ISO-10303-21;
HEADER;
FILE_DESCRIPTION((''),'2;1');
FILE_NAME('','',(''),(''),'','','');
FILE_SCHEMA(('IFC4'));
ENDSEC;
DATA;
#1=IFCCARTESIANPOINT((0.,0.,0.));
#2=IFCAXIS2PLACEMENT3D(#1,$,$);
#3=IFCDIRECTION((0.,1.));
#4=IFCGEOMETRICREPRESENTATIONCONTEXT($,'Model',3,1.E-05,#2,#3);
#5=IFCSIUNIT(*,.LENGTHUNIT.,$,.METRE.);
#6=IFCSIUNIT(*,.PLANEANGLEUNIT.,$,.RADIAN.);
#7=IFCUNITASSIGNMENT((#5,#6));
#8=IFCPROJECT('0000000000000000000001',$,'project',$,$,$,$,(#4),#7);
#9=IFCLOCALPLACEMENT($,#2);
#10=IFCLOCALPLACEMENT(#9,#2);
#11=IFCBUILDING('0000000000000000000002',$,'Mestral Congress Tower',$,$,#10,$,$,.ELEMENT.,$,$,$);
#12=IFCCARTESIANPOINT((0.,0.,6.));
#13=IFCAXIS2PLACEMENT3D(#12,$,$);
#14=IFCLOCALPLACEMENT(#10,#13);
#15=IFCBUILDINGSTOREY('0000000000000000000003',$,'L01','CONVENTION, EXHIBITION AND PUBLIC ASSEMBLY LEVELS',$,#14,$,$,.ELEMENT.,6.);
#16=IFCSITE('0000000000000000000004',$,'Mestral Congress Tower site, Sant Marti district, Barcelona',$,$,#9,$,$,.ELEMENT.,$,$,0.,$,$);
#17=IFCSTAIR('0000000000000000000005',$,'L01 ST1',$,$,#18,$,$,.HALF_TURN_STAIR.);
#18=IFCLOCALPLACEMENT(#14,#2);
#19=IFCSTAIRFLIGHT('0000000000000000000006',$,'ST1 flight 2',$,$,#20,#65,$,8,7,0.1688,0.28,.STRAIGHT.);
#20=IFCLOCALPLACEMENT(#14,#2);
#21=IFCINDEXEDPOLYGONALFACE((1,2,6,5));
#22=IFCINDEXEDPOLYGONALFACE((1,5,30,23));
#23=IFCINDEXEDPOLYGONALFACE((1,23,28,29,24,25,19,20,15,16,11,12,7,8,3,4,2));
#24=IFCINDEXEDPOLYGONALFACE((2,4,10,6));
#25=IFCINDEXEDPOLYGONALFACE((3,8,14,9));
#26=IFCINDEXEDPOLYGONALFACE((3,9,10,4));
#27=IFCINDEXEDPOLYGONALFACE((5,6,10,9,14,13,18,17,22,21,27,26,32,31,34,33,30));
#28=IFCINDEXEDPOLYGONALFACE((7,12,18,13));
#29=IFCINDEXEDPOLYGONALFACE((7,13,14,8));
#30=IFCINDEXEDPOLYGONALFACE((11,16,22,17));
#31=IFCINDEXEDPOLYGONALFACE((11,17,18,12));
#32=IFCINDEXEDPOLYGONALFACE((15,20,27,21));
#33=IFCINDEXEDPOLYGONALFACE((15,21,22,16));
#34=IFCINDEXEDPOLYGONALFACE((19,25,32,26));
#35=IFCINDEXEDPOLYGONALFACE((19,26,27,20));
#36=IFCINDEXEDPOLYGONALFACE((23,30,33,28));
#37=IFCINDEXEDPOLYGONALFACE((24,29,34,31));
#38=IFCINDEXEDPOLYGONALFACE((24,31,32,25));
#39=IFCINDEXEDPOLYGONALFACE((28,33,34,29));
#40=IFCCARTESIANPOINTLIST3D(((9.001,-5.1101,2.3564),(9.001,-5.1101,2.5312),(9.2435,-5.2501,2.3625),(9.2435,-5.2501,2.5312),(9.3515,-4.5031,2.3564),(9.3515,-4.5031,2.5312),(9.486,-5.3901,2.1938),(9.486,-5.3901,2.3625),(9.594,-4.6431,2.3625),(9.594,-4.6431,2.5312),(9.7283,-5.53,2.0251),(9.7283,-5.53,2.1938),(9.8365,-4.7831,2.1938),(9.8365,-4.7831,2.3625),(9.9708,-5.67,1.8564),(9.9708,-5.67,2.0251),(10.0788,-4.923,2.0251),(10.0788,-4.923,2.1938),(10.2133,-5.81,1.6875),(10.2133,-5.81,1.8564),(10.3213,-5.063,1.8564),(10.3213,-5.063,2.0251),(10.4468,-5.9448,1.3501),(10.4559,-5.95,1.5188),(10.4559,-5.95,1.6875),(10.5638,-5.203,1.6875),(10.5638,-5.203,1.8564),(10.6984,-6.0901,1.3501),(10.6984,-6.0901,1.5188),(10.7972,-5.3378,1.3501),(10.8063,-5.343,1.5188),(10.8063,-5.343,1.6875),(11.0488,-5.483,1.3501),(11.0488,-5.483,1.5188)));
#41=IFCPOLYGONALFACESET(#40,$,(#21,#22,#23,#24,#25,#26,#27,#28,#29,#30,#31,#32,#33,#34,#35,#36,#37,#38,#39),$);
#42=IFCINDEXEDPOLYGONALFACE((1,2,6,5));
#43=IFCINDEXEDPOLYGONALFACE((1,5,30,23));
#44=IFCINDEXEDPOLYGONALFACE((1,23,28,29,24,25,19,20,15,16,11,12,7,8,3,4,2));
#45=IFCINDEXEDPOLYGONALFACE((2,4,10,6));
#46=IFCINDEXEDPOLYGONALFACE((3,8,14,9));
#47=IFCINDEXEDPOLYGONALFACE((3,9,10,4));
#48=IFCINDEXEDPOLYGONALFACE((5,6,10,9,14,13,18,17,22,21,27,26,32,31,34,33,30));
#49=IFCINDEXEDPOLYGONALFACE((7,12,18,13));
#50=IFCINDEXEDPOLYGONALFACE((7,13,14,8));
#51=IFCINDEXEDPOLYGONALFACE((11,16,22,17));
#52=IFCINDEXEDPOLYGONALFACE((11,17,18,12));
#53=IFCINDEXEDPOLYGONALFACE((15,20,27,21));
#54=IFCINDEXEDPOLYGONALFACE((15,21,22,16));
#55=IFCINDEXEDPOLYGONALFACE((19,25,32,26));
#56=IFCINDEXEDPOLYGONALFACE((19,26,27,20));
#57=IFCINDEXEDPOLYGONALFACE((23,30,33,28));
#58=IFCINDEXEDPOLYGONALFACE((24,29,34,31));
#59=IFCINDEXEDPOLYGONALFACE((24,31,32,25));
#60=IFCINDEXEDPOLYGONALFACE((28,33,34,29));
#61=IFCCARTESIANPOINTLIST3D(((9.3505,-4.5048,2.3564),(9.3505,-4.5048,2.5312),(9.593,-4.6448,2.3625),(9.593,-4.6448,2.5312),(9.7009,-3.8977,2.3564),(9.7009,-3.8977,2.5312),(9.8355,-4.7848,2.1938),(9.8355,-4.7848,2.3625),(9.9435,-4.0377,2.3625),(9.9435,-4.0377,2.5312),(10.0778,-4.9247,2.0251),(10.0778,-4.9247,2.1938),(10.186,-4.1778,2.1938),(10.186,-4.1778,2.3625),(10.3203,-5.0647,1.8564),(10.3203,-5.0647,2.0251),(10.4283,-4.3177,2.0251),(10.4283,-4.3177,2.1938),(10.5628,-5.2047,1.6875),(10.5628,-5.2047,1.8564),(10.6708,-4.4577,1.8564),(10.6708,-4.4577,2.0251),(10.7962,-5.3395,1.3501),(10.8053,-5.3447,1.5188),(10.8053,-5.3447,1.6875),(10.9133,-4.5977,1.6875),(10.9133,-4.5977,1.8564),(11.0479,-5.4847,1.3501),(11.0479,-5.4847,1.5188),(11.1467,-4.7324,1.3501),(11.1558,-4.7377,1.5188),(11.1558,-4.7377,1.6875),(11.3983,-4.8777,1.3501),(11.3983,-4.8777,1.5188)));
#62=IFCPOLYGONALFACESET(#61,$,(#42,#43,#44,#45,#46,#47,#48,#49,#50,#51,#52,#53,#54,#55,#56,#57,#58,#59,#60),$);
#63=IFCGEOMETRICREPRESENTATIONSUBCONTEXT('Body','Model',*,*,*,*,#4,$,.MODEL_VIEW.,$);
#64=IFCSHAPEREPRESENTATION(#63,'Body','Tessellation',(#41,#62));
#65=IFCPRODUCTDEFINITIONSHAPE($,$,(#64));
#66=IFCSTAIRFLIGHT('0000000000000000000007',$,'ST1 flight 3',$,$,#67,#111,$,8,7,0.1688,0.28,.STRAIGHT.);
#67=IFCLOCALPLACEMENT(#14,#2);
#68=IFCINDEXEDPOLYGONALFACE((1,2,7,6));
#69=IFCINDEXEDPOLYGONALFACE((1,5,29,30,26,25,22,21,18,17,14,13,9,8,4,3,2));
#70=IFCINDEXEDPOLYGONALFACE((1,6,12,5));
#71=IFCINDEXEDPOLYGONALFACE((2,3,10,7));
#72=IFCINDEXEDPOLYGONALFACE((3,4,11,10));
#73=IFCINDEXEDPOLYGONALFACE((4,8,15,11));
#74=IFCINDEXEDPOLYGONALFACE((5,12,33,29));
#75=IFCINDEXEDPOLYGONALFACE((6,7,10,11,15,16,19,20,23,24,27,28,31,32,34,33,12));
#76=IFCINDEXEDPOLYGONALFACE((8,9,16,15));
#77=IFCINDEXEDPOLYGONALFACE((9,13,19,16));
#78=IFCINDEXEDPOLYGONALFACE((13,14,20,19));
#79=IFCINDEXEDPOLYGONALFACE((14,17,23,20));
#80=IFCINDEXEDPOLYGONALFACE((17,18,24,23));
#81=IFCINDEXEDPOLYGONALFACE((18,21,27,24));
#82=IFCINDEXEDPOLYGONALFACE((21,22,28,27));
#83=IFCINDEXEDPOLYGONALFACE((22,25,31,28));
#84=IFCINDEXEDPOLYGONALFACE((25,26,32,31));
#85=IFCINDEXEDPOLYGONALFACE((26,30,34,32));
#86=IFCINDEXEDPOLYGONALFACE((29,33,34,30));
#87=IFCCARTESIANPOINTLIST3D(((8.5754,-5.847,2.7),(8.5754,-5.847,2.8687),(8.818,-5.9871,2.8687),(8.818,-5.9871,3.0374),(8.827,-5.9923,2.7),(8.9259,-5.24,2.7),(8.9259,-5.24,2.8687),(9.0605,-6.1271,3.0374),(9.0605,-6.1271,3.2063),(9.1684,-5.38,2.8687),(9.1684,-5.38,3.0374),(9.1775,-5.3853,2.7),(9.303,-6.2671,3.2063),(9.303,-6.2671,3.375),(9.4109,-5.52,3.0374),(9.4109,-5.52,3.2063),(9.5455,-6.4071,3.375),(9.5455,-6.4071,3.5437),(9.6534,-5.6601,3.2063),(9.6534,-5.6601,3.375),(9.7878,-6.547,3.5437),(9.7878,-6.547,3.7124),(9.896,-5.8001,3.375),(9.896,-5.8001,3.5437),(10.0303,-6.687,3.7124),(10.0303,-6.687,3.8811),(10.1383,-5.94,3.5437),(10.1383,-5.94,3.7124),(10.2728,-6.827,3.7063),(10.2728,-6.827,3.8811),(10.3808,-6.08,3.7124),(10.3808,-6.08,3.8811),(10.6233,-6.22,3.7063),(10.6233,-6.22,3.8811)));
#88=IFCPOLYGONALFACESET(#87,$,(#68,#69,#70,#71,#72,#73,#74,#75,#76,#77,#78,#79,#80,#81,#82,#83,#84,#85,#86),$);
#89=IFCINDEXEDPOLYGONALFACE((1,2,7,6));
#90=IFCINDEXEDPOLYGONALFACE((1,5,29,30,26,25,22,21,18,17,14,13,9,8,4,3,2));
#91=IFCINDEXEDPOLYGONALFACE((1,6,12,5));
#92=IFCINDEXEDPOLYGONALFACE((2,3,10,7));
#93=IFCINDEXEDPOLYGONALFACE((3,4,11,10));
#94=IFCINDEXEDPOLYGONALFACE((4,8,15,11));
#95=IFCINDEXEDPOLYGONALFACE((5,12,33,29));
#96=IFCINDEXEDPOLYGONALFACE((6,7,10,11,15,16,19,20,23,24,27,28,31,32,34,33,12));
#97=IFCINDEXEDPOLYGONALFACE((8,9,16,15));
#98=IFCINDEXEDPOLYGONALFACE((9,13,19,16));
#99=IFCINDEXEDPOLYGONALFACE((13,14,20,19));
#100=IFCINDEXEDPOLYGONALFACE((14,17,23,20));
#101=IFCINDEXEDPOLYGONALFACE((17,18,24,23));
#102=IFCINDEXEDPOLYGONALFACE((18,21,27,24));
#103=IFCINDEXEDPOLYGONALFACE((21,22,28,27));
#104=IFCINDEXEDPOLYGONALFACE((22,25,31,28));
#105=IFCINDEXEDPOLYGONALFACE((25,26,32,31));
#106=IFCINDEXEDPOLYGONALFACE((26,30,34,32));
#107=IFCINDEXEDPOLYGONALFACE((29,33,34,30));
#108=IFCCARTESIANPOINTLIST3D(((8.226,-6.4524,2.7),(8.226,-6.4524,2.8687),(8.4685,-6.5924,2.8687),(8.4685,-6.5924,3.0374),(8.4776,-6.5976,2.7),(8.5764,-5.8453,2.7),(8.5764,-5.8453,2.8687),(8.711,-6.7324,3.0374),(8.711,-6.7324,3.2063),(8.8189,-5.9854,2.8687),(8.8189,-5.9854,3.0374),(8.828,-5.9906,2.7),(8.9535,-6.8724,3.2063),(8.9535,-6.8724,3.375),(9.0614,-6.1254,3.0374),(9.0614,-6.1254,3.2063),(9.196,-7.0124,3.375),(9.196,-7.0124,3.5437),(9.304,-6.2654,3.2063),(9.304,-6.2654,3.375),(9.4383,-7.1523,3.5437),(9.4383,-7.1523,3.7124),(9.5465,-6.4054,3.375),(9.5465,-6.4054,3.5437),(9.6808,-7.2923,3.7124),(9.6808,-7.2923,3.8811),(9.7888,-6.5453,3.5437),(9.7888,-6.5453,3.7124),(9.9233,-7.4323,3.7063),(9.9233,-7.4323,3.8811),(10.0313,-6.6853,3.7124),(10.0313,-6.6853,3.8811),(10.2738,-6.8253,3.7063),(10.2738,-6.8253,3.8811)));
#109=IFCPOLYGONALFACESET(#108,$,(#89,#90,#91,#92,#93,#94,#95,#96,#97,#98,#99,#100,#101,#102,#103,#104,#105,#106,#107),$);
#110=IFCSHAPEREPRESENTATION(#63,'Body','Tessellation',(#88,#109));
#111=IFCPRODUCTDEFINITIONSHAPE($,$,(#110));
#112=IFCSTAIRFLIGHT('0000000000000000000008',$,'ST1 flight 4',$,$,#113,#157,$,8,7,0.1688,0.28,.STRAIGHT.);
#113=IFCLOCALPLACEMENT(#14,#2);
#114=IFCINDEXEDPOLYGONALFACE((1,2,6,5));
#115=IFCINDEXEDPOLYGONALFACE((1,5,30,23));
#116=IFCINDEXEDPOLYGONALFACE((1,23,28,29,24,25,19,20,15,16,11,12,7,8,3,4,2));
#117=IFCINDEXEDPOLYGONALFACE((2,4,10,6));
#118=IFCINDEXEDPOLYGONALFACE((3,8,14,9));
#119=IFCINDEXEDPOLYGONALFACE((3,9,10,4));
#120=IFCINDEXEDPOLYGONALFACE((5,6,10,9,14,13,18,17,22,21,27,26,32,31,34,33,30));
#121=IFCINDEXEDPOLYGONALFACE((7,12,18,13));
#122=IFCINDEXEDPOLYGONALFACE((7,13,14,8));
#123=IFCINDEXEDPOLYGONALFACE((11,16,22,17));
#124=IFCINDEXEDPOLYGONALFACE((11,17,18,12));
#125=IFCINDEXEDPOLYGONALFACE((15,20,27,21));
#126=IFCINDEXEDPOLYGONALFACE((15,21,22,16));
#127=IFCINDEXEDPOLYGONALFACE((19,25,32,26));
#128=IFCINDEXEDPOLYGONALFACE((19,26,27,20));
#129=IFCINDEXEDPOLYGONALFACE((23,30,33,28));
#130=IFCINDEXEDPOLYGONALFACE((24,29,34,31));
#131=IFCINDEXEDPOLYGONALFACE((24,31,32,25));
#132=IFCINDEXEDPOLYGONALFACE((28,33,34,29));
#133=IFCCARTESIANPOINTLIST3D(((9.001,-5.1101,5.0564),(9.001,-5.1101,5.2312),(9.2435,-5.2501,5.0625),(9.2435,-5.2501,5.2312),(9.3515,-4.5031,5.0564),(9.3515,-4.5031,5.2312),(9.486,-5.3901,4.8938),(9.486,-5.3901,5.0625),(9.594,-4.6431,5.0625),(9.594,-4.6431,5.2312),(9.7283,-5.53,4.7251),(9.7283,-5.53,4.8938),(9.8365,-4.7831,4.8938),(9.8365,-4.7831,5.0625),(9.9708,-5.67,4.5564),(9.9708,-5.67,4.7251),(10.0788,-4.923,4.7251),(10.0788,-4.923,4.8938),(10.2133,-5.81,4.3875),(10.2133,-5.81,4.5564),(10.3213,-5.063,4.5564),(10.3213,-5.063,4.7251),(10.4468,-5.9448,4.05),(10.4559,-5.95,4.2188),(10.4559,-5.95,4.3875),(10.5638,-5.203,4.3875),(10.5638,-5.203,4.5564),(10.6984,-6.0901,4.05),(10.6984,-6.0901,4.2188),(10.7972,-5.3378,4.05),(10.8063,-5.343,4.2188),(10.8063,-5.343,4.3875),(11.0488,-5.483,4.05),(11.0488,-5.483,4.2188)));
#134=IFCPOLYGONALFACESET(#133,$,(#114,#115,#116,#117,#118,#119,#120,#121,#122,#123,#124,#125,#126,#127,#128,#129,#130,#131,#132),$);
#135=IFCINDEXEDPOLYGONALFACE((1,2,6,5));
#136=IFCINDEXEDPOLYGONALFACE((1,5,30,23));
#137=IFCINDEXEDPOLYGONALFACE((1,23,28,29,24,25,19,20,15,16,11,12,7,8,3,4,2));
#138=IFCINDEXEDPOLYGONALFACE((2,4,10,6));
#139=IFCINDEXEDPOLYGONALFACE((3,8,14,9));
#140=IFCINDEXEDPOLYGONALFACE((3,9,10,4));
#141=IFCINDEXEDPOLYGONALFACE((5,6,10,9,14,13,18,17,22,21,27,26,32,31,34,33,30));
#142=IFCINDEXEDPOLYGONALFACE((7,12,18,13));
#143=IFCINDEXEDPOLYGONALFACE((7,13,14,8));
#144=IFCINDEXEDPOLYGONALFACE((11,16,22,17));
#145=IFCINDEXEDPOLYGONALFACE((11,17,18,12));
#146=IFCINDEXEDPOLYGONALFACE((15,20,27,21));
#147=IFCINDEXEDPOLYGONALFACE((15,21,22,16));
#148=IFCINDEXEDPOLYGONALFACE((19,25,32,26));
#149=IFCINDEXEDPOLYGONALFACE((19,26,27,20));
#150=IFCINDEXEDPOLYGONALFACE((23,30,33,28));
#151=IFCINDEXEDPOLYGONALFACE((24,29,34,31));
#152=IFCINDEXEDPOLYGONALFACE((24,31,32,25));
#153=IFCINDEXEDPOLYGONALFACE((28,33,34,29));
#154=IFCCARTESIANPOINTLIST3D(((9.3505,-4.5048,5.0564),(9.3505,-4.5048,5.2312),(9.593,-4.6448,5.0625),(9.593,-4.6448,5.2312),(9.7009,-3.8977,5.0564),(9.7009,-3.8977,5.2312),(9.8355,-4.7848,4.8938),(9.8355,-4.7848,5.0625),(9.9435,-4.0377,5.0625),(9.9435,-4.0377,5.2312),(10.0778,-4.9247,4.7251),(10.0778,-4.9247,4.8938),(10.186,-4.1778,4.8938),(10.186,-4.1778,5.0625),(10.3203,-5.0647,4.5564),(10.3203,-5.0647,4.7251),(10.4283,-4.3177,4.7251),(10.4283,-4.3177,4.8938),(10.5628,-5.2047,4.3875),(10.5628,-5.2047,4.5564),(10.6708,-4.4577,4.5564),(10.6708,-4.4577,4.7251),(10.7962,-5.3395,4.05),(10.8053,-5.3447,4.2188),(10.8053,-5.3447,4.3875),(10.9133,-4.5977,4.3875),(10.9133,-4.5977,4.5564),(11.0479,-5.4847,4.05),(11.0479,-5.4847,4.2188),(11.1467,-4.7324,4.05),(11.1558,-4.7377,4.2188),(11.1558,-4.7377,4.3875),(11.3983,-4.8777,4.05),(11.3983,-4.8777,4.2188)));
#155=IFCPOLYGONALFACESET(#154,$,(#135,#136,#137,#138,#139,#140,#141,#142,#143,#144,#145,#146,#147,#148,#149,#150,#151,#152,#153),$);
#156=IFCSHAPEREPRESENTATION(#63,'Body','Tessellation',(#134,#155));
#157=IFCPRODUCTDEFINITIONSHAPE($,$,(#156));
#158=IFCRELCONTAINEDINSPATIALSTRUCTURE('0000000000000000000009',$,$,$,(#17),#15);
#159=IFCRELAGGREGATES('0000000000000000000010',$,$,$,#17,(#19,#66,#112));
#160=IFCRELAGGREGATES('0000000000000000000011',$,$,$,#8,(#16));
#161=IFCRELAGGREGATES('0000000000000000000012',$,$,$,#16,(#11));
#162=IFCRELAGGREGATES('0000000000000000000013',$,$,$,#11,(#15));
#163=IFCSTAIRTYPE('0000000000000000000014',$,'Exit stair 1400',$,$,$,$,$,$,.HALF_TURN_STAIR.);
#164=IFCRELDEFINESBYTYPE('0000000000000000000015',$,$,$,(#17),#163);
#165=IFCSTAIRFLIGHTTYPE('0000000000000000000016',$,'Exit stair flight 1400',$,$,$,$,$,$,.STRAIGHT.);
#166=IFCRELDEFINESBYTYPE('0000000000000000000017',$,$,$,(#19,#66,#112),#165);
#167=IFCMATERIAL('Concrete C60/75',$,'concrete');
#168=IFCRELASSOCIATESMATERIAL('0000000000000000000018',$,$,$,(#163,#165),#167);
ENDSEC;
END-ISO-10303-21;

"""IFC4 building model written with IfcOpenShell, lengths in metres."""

from ifc_helpers import new_model, si_unit, direction, frame, origin, place, context, subcontext, project, spatial, polyline, outline, extrude, material, type_object, element, aggregate, save


model = new_model("IFC4")

# Units and contexts
model_context = context("Model", 3, precision=1e-05, world=origin(), true_north=direction((0.0, 1.0)))
body_context = subcontext(model_context, "Body", "Model", "MODEL_VIEW")
ifc_project = project(units=[si_unit("LENGTHUNIT", "METRE"), si_unit("PLANEANGLEUNIT", "RADIAN")], contexts=[model_context])

# Site, building, storey
site_placement = place(None, origin())
site = spatial("IfcSite", under=ifc_project, at=site_placement, Name="Mestral Congress Tower site, Sant Marti district, Barcelona", CompositionType="ELEMENT", RefElevation=0.0)
building_placement = place(site_placement, origin())
building = spatial("IfcBuilding", under=site, at=building_placement, Name="Mestral Congress Tower", CompositionType="ELEMENT")
storey_placement = place(building_placement, frame((0.0, 0.0, 6.0)))
storey = spatial("IfcBuildingStorey", under=building, at=storey_placement, Name="L01", Description="CONVENTION, EXHIBITION AND PUBLIC ASSEMBLY LEVELS", CompositionType="ELEMENT", Elevation=6.0)

# Shared definitions
ifc_material_1 = material(Name="Concrete C60/75", Category="concrete")

# Stair, stair flights
stair_type = type_object("IfcStairType", Name="Exit stair 1400", PredefinedType="HALF_TURN_STAIR", material=ifc_material_1)
stair_placement = place(storey_placement, origin())
stair = element("IfcStair", 1, at=stair_placement, inside=storey, type_object=stair_type, Name="L01 ST1", PredefinedType="HALF_TURN_STAIR")
stair_flight_type = type_object("IfcStairFlightType", Name="Exit stair flight 1400", PredefinedType="STRAIGHT", material=ifc_material_1)
stair_flight_1_placement = place(storey_placement, frame((11.0483, -5.4839, 1.3501), z_axis=(0.0, 0.0, 1.0), x_axis=(-0.866025, 0.5, 0.0)))
stair_flight_1 = element("IfcStairFlight", 2, at=stair_flight_1_placement, type_object=stair_flight_type, Name="ST1 flight 2", NumberOfRisers=8, NumberOfTreads=7, PredefinedType="STRAIGHT", RiserHeight=0.1688, TreadLength=0.28, context=body_context, shape_type="SweptSolid", body=[
    extrude(outline(polyline([(0.0, 0.0), (0.0, 0.1687), (0.28, 0.1687), (0.28, 0.3374), (0.5601, 0.3374), (0.5601, 0.5063), (0.8401, 0.5063), (0.8401, 0.675), (1.1201, 0.675), (1.1201, 0.8438), (1.3999, 0.8438), (1.3999, 1.0125), (1.6799, 1.0125), (1.6799, 1.1812), (1.96, 1.1812), (1.96, 1.3501), (1.96, 1.0063), (0.2905, 0.0), (0.0, 0.0)])), frame((0.0, 0.7, 0.0), z_axis=(0.0, -1.0, 0.0), x_axis=(1.0, 0.0, 0.0)), (0.0, 0.0, 1.0), 0.7009),
    extrude(outline(polyline([(0.0, 0.0), (0.0, 0.1687), (0.28, 0.1687), (0.28, 0.3374), (0.5601, 0.3374), (0.5601, 0.5063), (0.8401, 0.5063), (0.8401, 0.675), (1.1201, 0.675), (1.1201, 0.8438), (1.3999, 0.8438), (1.3999, 1.0125), (1.6799, 1.0125), (1.6799, 1.1812), (1.96, 1.1812), (1.96, 1.3501), (1.96, 1.0063), (0.2905, 0.0), (0.0, 0.0)])), frame((0.0, 0.001, 0.0), z_axis=(0.0, -1.0, 0.0), x_axis=(1.0, 0.0, 0.0)), (0.0, 0.0, 1.0), 0.7009),
])
stair_flight_2_placement = place(storey_placement, frame((8.5759, -5.8462, 2.7), z_axis=(0.0, 0.0, 1.0), x_axis=(0.866025, -0.5, 0.0)))
stair_flight_2 = element("IfcStairFlight", 3, at=stair_flight_2_placement, type_object=stair_flight_type, Name="ST1 flight 3", NumberOfRisers=8, NumberOfTreads=7, PredefinedType="STRAIGHT", RiserHeight=0.1688, TreadLength=0.28, context=body_context, shape_type="SweptSolid", body=[
    extrude(outline(polyline([(0.0, 0.0), (0.0, 0.1687), (0.28, 0.1687), (0.28, 0.3374), (0.5601, 0.3374), (0.5601, 0.5063), (0.8401, 0.5063), (0.8401, 0.675), (1.1201, 0.675), (1.1201, 0.8438), (1.3999, 0.8438), (1.3999, 1.0125), (1.6799, 1.0125), (1.6799, 1.1812), (1.96, 1.1812), (1.96, 1.3501), (1.96, 1.0063), (0.2905, 0.0), (0.0, 0.0)])), frame((0.0, 0.7, 0.0), z_axis=(0.0, -1.0, 0.0), x_axis=(1.0, 0.0, 0.0)), (0.0, 0.0, 1.0), 0.7009),
    extrude(outline(polyline([(0.0, 0.0), (0.0, 0.1687), (0.28, 0.1687), (0.28, 0.3374), (0.5601, 0.3374), (0.5601, 0.5063), (0.8401, 0.5063), (0.8401, 0.675), (1.1201, 0.675), (1.1201, 0.8438), (1.3999, 0.8438), (1.3999, 1.0125), (1.6799, 1.0125), (1.6799, 1.1812), (1.96, 1.1812), (1.96, 1.3501), (1.96, 1.0063), (0.2905, 0.0), (0.0, 0.0)])), frame((0.0, 0.001, 0.0), z_axis=(0.0, -1.0, 0.0), x_axis=(1.0, 0.0, 0.0)), (0.0, 0.0, 1.0), 0.7009),
])
stair_flight_3_placement = place(storey_placement, frame((11.0483, -5.4839, 4.05), z_axis=(0.0, 0.0, 1.0), x_axis=(-0.866025, 0.5, 0.0)))
stair_flight_3 = element("IfcStairFlight", 4, at=stair_flight_3_placement, type_object=stair_flight_type, Name="ST1 flight 4", NumberOfRisers=8, NumberOfTreads=7, PredefinedType="STRAIGHT", RiserHeight=0.1688, TreadLength=0.28, context=body_context, shape_type="SweptSolid", body=[
    extrude(outline(polyline([(0.0, 0.0), (0.0, 0.1687), (0.28, 0.1687), (0.28, 0.3374), (0.5601, 0.3374), (0.5601, 0.5063), (0.8401, 0.5063), (0.8401, 0.675), (1.1201, 0.675), (1.1201, 0.8438), (1.3999, 0.8438), (1.3999, 1.0125), (1.6799, 1.0125), (1.6799, 1.1812), (1.96, 1.1812), (1.96, 1.3501), (1.96, 1.0063), (0.2905, 0.0), (0.0, 0.0)])), frame((0.0, 0.7, 0.0), z_axis=(0.0, -1.0, 0.0), x_axis=(1.0, 0.0, 0.0)), (0.0, 0.0, 1.0), 0.7009),
    extrude(outline(polyline([(0.0, 0.0), (0.0, 0.1687), (0.28, 0.1687), (0.28, 0.3374), (0.5601, 0.3374), (0.5601, 0.5063), (0.8401, 0.5063), (0.8401, 0.675), (1.1201, 0.675), (1.1201, 0.8438), (1.3999, 0.8438), (1.3999, 1.0125), (1.6799, 1.0125), (1.6799, 1.1812), (1.96, 1.1812), (1.96, 1.3501), (1.96, 1.0063), (0.2905, 0.0), (0.0, 0.0)])), frame((0.0, 0.001, 0.0), z_axis=(0.0, -1.0, 0.0), x_axis=(1.0, 0.0, 0.0)), (0.0, 0.0, 1.0), 0.7009),
])
aggregate(stair, [stair_flight_1, stair_flight_2, stair_flight_3])

save(model, "model.ifc")
